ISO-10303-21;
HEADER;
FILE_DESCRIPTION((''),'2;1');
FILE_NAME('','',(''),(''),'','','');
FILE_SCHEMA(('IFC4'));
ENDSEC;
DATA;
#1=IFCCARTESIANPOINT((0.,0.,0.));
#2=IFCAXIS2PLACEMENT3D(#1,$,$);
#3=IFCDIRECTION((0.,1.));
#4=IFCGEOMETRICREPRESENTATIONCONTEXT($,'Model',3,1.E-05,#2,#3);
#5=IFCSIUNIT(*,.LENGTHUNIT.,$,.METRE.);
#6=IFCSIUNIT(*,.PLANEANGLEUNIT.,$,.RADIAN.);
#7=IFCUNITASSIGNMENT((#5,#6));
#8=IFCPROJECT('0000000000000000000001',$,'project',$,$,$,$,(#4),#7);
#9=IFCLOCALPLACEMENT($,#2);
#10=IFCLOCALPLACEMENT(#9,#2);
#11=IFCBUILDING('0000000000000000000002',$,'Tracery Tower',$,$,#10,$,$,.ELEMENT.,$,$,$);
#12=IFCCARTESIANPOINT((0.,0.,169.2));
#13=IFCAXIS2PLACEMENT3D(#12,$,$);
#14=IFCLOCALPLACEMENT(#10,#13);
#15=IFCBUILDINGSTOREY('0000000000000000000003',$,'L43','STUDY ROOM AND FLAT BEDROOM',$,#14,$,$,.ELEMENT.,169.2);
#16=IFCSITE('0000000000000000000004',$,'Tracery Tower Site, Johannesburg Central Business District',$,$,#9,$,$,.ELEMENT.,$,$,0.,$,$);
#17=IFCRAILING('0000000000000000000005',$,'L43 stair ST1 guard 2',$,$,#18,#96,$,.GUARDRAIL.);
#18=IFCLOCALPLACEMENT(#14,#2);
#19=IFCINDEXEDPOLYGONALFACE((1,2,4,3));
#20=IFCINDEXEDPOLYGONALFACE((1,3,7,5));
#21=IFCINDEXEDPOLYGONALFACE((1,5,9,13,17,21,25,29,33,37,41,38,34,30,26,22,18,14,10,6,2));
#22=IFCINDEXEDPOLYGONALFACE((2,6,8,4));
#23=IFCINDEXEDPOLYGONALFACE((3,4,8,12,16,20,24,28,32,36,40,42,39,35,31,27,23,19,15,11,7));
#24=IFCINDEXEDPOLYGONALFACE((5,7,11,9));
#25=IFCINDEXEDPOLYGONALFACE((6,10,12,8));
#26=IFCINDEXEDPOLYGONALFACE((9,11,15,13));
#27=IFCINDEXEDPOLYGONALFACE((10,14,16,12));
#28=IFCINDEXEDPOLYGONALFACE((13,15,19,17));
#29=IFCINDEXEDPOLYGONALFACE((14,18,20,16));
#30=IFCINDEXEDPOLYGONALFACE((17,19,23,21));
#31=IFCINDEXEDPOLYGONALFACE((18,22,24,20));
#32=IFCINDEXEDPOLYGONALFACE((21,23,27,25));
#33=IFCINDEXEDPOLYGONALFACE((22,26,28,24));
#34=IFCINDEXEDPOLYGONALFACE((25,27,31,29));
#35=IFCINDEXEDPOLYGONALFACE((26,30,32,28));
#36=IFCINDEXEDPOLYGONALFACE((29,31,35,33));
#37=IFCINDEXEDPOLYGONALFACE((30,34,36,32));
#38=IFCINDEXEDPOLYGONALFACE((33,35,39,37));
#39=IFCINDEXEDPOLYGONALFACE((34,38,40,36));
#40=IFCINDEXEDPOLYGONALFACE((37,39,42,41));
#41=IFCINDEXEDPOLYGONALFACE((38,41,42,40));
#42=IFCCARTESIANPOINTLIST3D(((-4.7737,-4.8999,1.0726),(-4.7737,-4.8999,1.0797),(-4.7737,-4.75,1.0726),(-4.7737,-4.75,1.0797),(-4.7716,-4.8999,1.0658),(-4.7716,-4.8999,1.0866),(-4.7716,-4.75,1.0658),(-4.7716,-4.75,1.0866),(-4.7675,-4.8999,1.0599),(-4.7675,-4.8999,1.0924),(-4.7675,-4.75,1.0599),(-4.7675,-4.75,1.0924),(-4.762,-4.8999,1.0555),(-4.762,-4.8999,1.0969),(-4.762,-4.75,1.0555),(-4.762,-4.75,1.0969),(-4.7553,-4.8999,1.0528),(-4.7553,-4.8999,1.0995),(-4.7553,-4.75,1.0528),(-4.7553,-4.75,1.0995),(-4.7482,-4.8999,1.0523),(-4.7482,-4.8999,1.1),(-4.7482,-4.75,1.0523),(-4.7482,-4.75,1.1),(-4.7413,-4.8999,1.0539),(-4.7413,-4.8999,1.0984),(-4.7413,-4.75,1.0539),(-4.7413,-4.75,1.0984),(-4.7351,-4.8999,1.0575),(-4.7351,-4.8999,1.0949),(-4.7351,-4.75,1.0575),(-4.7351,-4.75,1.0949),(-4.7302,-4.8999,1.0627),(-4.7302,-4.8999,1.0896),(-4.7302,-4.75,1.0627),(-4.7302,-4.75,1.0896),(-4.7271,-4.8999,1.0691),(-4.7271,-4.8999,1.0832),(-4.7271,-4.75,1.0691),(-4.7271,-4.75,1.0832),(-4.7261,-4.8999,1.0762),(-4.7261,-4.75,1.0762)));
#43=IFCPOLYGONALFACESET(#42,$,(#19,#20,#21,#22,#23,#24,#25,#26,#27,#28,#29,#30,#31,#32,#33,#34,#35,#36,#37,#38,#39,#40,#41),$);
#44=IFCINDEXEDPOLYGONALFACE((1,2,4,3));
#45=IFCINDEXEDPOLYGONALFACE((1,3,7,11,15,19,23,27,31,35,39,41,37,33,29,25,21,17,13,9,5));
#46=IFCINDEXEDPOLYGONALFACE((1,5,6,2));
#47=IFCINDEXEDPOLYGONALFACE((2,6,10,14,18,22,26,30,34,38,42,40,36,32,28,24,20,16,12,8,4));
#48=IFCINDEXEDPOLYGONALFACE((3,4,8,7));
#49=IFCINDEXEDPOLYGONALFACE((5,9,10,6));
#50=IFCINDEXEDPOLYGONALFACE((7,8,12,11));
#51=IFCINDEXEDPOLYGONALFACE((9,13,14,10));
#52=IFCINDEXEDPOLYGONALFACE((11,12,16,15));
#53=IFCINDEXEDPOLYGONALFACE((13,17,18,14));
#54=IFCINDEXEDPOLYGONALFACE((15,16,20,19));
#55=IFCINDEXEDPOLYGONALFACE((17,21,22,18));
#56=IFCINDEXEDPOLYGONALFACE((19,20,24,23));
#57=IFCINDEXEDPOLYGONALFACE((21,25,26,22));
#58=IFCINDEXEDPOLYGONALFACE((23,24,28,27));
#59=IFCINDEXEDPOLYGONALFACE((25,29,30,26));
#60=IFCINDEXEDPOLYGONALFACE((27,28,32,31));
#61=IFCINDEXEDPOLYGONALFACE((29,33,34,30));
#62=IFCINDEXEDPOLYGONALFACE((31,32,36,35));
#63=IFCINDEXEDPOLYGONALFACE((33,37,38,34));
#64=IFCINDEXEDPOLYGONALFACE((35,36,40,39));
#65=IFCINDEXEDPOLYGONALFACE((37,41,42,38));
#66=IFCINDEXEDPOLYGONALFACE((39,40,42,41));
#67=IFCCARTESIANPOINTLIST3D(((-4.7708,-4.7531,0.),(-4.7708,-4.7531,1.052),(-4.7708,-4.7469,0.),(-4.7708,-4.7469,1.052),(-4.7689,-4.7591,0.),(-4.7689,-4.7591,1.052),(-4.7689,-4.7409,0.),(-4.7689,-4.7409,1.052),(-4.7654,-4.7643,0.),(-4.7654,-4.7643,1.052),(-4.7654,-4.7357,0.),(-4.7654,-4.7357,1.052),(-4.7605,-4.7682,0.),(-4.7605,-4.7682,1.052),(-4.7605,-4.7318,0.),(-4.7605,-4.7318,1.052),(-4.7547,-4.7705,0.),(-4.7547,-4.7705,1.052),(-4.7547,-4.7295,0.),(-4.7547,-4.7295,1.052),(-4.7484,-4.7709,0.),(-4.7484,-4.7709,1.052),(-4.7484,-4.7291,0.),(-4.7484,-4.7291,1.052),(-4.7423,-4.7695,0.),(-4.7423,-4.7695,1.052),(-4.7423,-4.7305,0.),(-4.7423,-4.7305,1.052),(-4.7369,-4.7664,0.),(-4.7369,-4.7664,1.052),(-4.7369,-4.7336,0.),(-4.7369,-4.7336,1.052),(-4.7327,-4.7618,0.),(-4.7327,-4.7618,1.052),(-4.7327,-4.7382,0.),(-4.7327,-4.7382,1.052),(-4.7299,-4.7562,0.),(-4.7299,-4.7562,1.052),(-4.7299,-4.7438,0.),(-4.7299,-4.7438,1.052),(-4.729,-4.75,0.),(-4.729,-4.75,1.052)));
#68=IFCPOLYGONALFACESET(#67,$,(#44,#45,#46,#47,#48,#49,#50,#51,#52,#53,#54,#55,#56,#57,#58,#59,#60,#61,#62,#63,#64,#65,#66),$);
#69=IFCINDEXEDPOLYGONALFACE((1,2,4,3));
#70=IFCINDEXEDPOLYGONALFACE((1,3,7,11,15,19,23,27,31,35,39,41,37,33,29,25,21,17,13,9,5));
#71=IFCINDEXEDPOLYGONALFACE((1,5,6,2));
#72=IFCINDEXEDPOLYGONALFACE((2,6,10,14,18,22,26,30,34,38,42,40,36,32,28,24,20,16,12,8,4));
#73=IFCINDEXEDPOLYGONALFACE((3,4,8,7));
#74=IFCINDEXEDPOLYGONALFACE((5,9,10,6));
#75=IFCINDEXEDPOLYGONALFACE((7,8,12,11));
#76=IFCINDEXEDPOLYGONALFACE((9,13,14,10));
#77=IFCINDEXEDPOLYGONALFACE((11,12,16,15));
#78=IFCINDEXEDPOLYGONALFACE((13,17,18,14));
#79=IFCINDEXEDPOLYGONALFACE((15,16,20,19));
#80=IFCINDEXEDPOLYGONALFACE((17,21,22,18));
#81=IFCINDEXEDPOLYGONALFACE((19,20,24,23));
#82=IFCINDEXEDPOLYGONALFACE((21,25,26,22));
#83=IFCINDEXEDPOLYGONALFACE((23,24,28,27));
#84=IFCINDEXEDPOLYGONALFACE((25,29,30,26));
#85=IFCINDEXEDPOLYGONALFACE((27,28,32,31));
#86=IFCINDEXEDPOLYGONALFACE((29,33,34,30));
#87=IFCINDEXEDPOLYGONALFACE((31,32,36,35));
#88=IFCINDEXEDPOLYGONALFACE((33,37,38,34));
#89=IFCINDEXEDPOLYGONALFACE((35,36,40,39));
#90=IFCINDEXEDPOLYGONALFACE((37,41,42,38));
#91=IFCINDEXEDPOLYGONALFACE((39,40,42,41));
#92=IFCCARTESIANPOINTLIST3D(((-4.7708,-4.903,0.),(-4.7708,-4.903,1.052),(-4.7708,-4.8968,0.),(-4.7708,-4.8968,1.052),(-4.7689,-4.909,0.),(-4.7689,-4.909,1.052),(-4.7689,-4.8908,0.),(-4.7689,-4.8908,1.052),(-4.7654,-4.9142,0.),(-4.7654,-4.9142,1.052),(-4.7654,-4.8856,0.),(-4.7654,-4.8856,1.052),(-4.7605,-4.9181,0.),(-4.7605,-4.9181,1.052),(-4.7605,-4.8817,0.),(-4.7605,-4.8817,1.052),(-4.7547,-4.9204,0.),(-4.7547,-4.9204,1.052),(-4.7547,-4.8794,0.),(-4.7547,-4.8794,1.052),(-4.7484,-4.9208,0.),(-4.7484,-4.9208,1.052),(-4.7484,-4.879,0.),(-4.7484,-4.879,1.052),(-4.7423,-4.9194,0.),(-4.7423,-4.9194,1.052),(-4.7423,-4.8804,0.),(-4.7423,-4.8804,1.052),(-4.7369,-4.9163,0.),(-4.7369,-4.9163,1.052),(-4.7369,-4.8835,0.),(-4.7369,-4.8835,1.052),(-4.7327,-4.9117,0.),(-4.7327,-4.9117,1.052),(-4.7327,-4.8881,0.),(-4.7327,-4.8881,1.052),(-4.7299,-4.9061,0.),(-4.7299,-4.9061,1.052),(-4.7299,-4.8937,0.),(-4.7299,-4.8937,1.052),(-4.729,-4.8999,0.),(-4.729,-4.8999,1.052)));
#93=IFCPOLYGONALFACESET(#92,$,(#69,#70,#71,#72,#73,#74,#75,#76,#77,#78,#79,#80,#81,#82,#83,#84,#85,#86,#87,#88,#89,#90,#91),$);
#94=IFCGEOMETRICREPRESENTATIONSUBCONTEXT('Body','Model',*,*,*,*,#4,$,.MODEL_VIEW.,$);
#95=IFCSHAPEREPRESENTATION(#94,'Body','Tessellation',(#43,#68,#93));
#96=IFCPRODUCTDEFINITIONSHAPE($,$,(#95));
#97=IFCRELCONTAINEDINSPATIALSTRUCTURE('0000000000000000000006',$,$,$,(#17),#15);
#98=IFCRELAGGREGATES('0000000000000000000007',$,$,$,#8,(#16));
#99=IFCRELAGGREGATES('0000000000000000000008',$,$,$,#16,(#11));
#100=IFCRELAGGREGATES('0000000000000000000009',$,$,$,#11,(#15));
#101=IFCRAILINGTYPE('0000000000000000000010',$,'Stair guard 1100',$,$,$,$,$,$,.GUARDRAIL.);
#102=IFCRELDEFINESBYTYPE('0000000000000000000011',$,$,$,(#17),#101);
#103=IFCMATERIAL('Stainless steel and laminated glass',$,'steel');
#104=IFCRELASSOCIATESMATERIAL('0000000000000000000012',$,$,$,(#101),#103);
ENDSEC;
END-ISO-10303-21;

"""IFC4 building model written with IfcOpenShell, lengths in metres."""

from ifc_helpers import new_model, si_unit, direction, frame, origin, origin_2d, place, context, subcontext, project, spatial, circle, extrude, material, type_object, element, save


model = new_model("IFC4")

# Units and contexts
model_context = context("Model", 3, precision=1e-05, world=origin(), true_north=direction((0.0, 1.0)))
body_context = subcontext(model_context, "Body", "Model", "MODEL_VIEW")
ifc_project = project(units=[si_unit("LENGTHUNIT", "METRE"), si_unit("PLANEANGLEUNIT", "RADIAN")], contexts=[model_context])

# Site, building, storey
site_placement = place(None, origin())
site = spatial("IfcSite", under=ifc_project, at=site_placement, Name="Tracery Tower Site, Johannesburg Central Business District", CompositionType="ELEMENT", RefElevation=0.0)
building_placement = place(site_placement, origin())
building = spatial("IfcBuilding", under=site, at=building_placement, Name="Tracery Tower", CompositionType="ELEMENT")
storey_placement = place(building_placement, frame((0.0, 0.0, 169.2)))
storey = spatial("IfcBuildingStorey", under=building, at=storey_placement, Name="L43", Description="STUDY ROOM AND FLAT BEDROOM", CompositionType="ELEMENT", Elevation=169.2)

# Railing
ifc_material_1 = material(Name="Stainless steel and laminated glass", Category="steel")
railing_type_1 = type_object("IfcRailingType", Name="Stair guard 1100", PredefinedType="GUARDRAIL", material=ifc_material_1)
railing_1_placement = place(storey_placement, frame((-4.75, -4.75, 0.0)))
element("IfcRailing", 1, at=railing_1_placement, inside=storey, type_object=railing_type_1, Name="L43 stair ST1 guard 2", PredefinedType="GUARDRAIL", context=body_context, shape_type="SweptSolid", body=[
    extrude(circle(Radius=0.0239, at=origin_2d()), frame((0.0, 0.0, 1.0762), z_axis=(0.0, -1.0, 0.0), x_axis=(1.0, 0.0, 0.0)), (0.0, 0.0, 1.0), 0.1499),
    extrude(circle(Radius=0.021, at=origin_2d()), origin(), (0.0, 0.0, 1.0), 1.052),
    extrude(circle(Radius=0.021, at=origin_2d()), frame((0.0, -0.1499, 0.0)), (0.0, 0.0, 1.0), 1.052),
])

save(model, "model.ifc")
